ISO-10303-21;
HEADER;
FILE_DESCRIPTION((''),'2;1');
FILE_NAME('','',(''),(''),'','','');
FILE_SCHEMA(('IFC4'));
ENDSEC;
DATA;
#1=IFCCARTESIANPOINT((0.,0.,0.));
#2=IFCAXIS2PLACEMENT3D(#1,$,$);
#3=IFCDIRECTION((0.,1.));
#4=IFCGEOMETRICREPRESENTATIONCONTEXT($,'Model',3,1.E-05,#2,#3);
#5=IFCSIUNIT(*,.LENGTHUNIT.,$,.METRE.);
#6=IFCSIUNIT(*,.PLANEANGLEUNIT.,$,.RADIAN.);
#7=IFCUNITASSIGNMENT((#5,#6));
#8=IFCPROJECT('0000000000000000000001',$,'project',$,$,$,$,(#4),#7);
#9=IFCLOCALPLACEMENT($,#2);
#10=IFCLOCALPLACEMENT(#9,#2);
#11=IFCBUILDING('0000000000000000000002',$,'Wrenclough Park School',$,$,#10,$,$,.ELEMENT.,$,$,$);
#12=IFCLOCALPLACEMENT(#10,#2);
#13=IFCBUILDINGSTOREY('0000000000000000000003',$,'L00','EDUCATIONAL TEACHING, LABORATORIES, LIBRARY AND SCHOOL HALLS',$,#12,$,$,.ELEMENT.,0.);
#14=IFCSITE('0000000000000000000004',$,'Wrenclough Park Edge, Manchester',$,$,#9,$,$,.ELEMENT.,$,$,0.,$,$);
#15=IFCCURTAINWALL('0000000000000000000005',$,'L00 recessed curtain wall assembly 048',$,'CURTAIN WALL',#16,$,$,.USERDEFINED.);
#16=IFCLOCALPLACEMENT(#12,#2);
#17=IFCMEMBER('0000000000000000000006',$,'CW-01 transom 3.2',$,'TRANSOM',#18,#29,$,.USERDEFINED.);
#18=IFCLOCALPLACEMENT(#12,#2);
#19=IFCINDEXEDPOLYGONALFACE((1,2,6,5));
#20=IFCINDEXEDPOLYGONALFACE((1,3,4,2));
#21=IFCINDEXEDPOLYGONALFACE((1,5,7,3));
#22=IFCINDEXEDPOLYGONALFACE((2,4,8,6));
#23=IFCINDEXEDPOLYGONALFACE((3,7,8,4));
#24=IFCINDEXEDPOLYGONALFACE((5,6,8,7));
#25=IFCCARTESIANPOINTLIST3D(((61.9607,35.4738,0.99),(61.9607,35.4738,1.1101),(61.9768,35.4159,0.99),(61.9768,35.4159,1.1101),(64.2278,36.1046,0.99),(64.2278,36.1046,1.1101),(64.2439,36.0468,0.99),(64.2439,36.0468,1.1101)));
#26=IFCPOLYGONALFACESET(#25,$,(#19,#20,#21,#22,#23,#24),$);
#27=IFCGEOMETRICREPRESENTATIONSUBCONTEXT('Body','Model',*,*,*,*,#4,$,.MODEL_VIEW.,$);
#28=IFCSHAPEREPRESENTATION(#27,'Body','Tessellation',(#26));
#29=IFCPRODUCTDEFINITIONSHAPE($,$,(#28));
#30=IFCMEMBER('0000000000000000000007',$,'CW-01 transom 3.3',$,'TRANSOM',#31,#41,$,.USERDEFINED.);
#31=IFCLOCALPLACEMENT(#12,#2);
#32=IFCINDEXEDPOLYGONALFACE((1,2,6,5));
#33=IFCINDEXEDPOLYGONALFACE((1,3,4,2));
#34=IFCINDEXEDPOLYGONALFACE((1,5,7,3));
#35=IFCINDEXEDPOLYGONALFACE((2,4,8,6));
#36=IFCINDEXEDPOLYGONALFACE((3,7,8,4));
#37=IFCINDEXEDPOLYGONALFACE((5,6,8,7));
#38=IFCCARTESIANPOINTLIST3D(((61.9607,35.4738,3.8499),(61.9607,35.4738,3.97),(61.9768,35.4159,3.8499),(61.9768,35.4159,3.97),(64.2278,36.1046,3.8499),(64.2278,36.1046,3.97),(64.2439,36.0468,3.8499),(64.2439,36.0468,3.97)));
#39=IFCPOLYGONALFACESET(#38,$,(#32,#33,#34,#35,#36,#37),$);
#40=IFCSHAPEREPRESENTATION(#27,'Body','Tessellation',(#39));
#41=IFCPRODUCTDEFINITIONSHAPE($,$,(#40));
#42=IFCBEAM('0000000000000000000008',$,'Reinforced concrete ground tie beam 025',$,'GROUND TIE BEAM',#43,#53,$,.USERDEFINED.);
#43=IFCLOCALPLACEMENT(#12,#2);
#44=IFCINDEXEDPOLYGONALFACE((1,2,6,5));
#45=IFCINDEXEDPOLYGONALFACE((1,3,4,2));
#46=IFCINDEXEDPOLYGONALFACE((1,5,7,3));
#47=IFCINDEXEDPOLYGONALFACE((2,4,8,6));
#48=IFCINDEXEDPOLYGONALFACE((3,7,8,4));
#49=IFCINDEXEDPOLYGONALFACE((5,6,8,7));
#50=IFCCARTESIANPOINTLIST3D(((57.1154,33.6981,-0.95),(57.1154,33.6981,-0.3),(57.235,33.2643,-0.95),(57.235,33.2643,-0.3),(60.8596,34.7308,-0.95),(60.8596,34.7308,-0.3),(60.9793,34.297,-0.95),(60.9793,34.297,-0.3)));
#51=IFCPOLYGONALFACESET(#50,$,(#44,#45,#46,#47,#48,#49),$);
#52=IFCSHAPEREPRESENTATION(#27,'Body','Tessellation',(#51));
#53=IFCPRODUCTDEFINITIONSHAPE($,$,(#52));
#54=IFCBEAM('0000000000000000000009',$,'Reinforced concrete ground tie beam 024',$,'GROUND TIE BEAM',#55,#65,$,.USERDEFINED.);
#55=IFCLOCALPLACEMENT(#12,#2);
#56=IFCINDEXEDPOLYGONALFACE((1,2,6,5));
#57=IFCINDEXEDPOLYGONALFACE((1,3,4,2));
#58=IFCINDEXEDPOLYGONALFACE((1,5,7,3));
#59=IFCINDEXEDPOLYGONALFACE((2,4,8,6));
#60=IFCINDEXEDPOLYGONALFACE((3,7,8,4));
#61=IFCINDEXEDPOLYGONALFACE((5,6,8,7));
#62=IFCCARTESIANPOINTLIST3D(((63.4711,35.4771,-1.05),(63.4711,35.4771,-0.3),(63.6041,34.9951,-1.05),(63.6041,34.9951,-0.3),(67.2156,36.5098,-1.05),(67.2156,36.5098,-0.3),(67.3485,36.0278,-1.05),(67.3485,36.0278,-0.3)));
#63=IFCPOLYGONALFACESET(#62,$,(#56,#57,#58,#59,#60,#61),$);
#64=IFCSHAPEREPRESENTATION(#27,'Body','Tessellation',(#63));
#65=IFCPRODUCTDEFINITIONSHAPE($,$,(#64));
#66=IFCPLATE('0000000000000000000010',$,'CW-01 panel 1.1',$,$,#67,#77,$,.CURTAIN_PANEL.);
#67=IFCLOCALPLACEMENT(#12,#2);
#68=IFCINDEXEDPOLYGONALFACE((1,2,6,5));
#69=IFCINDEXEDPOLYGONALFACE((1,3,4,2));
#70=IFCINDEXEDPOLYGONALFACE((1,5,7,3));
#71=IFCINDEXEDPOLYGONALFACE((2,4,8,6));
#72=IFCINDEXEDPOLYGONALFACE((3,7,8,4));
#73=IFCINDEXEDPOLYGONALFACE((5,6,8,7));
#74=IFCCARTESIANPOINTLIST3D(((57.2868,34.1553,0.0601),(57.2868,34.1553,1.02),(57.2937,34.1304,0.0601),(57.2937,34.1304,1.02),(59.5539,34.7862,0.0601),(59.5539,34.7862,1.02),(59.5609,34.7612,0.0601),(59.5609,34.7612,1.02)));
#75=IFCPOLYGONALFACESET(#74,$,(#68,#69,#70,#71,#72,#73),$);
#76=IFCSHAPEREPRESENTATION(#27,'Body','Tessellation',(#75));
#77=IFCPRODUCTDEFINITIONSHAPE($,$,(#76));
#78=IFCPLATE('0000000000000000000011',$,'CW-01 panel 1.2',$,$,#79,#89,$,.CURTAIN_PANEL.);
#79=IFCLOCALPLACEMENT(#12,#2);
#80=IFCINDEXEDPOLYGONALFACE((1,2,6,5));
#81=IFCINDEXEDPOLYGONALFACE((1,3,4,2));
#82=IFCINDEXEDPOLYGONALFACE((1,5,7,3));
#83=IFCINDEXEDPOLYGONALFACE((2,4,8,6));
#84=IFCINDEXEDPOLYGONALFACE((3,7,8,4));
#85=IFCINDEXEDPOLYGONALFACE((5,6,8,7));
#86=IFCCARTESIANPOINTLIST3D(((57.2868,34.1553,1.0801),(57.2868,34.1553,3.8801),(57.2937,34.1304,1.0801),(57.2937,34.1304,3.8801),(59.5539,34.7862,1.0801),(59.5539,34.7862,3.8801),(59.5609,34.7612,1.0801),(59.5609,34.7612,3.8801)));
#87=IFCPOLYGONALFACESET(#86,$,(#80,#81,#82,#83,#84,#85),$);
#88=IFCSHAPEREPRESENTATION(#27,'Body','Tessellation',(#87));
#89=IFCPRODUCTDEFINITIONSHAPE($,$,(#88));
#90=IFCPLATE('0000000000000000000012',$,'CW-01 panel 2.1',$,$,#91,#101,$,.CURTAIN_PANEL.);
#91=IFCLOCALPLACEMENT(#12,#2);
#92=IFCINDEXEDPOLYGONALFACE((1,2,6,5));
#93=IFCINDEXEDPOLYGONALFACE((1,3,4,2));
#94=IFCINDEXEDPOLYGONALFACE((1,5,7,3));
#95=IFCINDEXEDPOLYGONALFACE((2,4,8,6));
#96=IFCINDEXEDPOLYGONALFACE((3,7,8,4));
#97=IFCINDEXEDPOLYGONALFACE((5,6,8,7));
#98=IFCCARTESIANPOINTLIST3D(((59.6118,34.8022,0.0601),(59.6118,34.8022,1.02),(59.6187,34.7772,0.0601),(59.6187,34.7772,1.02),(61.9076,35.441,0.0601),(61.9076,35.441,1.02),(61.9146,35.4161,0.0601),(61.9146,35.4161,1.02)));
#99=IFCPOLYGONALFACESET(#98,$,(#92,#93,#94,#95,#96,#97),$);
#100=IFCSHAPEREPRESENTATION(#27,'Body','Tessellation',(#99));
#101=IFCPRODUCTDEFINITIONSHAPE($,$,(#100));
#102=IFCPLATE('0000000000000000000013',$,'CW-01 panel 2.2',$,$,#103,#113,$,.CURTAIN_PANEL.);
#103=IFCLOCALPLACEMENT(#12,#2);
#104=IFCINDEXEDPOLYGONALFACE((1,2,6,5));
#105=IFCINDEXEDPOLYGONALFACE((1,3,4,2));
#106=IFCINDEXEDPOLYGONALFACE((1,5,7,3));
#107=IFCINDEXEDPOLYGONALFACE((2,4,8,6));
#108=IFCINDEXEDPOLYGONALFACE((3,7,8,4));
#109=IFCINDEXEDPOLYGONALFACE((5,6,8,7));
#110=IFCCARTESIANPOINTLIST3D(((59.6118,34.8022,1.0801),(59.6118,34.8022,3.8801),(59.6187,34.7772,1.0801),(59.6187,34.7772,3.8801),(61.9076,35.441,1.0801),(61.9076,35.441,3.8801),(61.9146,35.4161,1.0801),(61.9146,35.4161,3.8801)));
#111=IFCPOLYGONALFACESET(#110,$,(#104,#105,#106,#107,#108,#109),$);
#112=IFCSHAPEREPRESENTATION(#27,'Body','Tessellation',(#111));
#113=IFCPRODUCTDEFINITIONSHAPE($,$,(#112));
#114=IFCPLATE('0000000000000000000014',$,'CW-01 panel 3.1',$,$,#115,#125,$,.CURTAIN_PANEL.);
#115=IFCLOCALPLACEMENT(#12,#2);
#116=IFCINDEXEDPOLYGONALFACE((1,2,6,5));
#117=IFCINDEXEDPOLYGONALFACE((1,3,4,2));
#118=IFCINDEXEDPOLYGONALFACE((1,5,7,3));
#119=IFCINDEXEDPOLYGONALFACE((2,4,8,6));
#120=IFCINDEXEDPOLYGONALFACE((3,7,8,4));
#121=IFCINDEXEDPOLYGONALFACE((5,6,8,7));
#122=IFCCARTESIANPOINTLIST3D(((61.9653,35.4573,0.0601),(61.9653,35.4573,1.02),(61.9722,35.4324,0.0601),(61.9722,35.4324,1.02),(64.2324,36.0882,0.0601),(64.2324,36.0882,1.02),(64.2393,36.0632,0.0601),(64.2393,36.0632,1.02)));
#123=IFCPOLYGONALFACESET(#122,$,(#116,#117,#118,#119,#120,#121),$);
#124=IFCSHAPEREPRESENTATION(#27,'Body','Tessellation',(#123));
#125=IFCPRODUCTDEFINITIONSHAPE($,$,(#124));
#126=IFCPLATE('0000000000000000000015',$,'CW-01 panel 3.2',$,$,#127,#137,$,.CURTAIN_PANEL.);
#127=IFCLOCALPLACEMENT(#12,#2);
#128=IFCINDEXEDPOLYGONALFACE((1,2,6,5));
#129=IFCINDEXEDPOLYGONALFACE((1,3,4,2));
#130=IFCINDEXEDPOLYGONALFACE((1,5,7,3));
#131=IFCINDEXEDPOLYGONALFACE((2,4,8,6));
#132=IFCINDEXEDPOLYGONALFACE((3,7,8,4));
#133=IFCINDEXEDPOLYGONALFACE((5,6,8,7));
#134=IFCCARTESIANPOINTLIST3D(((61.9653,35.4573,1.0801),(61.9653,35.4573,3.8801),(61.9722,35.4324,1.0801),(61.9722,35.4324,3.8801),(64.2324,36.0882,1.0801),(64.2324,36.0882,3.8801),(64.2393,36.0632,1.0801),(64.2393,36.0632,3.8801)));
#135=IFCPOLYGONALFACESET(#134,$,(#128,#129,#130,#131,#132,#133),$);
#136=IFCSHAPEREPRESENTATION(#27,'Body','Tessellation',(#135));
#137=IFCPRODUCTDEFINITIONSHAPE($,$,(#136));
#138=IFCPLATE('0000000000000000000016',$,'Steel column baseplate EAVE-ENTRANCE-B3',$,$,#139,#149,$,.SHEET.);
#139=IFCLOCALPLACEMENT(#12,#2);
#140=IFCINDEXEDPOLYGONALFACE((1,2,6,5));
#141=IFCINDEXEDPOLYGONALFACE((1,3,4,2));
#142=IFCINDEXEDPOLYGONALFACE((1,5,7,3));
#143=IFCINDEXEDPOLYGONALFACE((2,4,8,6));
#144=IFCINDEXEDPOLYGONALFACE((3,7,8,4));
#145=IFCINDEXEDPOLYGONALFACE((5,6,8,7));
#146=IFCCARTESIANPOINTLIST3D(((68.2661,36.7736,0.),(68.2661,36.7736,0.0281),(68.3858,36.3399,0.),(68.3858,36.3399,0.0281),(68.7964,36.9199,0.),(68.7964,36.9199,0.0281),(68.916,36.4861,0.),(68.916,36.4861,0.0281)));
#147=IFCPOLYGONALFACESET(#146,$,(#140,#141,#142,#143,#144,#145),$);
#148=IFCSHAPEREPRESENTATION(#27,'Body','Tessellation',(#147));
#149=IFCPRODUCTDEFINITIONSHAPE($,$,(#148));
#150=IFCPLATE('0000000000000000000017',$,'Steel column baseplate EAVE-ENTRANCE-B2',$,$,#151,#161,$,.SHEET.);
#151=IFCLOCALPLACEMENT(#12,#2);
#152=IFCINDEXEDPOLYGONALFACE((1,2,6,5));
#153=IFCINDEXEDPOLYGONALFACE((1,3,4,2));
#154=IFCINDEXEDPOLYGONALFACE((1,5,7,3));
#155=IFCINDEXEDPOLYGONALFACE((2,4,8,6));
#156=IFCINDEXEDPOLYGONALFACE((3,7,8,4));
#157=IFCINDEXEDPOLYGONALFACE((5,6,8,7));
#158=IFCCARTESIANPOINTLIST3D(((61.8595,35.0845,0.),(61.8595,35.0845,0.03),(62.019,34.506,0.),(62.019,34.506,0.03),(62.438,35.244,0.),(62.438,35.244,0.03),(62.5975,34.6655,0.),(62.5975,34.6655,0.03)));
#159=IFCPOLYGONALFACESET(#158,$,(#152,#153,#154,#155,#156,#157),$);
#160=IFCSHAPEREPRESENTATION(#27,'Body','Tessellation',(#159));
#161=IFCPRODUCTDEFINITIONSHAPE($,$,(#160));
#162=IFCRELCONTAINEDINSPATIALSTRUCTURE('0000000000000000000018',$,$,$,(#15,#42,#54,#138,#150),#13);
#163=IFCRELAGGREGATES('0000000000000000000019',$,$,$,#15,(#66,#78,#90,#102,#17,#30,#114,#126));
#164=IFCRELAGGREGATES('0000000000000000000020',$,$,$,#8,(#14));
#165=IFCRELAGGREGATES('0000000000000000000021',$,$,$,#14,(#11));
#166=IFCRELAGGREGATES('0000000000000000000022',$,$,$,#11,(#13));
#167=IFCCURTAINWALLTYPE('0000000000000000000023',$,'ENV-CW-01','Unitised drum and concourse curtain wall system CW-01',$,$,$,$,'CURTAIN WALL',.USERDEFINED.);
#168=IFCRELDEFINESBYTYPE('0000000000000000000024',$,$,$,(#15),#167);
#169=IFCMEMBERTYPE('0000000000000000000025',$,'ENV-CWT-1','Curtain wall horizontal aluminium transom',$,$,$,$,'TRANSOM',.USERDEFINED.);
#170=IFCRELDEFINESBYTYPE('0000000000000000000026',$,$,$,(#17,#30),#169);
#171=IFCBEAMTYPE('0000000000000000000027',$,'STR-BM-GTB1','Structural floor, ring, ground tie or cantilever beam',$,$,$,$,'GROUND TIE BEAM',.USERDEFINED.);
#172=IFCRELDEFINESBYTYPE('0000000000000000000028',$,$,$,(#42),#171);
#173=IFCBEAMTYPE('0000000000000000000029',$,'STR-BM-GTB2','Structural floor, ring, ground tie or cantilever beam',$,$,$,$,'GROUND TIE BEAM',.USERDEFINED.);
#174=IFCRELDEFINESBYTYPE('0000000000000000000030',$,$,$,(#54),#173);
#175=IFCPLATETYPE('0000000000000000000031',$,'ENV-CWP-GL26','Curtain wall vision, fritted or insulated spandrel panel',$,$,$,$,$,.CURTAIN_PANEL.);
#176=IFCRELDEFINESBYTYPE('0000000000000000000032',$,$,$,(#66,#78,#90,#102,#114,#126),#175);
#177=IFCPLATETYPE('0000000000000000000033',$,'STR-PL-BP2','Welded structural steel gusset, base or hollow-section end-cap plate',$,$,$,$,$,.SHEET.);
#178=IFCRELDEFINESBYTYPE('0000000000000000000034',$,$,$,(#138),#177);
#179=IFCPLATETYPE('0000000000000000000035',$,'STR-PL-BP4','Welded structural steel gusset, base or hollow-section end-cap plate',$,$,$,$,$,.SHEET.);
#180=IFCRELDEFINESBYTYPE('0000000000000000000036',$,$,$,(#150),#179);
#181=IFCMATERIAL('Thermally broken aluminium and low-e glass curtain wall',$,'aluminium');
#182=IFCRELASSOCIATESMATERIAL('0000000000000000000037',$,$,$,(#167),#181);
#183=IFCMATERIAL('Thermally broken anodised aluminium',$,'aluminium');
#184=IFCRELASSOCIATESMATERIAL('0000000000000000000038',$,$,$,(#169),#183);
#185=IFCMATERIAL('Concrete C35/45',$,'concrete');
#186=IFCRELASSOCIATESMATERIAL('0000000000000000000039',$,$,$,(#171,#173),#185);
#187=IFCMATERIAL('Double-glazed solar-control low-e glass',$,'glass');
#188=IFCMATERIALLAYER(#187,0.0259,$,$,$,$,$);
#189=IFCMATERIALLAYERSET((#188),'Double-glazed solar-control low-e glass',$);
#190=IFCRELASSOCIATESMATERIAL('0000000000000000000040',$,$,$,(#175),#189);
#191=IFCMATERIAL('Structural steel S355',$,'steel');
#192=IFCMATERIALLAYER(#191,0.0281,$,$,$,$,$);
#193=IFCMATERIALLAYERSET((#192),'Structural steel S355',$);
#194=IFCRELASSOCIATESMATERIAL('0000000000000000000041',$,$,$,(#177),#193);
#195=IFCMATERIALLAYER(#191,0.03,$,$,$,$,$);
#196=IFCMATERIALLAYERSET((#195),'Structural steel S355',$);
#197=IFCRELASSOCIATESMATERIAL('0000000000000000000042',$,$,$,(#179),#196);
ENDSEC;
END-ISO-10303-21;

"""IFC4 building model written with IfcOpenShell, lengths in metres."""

from ifc_helpers import new_model, si_unit, direction, frame, origin, origin_2d, place, context, subcontext, project, spatial, rectangle, extrude, material, layer, layer_set, material_profile, profile_set, type_object, element, aggregate, save


model = new_model("IFC4")

# Units and contexts
model_context = context("Model", 3, precision=1e-05, world=origin(), true_north=direction((0.0, 1.0)))
body_context = subcontext(model_context, "Body", "Model", "MODEL_VIEW")
ifc_project = project(units=[si_unit("LENGTHUNIT", "METRE"), si_unit("PLANEANGLEUNIT", "RADIAN")], contexts=[model_context])

# Site, building, storey
site_placement = place(None, origin())
site = spatial("IfcSite", under=ifc_project, at=site_placement, Name="Wrenclough Park Edge, Manchester", CompositionType="ELEMENT", RefElevation=0.0)
building_placement = place(site_placement, origin())
building = spatial("IfcBuilding", under=site, at=building_placement, Name="Wrenclough Park School", CompositionType="ELEMENT")
storey_placement = place(building_placement, origin())
storey = spatial("IfcBuildingStorey", under=building, at=storey_placement, Name="L00", Description="EDUCATIONAL TEACHING, LABORATORIES, LIBRARY AND SCHOOL HALLS", CompositionType="ELEMENT", Elevation=0.0)

# Shared definitions
ifc_material_1 = material(Name="Concrete C35/45", Category="concrete")

# Shared definitions
ifc_material_2 = material(Name="Structural steel S355", Category="steel")

# Curtain wall, members
ifc_material_3 = material(Name="Thermally broken aluminium and low-e glass curtain wall", Category="aluminium")
curtain_wall_type = type_object("IfcCurtainWallType", Name="ENV-CW-01", Description="Unitised drum and concourse curtain wall system CW-01", ElementType="CURTAIN WALL", PredefinedType="USERDEFINED", material=ifc_material_3)
curtain_wall_placement = place(storey_placement, origin())
curtain_wall = element("IfcCurtainWall", 1, at=curtain_wall_placement, inside=storey, type_object=curtain_wall_type, Name="L00 recessed curtain wall assembly 048", ObjectType="CURTAIN WALL", PredefinedType="USERDEFINED")
ifc_material_4 = material(Name="Thermally broken anodised aluminium", Category="aluminium")
ifc_material_profile_1 = material_profile(ifc_material_4, rectangle(XDim=0.0601, YDim=0.1201, at=origin_2d()), Name="AL TRANSOM 60x120")
ifc_profile_set_1 = profile_set([ifc_material_profile_1], Name="Thermally broken anodised aluminium")
member_type_1 = type_object("IfcMemberType", Name="ENV-CWT-1", Description="Curtain wall horizontal aluminium transom", ElementType="TRANSOM", PredefinedType="USERDEFINED", material=ifc_profile_set_1)
member_1_placement = place(storey_placement, frame((61.9688, 35.4448, 1.05), z_axis=(0.963396, 0.268083, 0.0), x_axis=(-0.268083, 0.963396, 0.0)))
member_1 = element("IfcMember", 2, at=member_1_placement, type_object=member_type_1, Name="CW-01 transom 3.2", ObjectType="TRANSOM", PredefinedType="USERDEFINED", context=body_context, shape_type="SweptSolid", body=[
    extrude(rectangle(XDim=0.0601, YDim=0.1201, at=origin_2d()), origin(), (0.0, 0.0, 1.0), 2.3533),
])
member_2_placement = place(storey_placement, frame((61.9688, 35.4448, 3.9099), z_axis=(0.963396, 0.268083, 0.0), x_axis=(-0.268083, 0.963396, 0.0)))
member_2 = element("IfcMember", 3, at=member_2_placement, type_object=member_type_1, Name="CW-01 transom 3.3", ObjectType="TRANSOM", PredefinedType="USERDEFINED", context=body_context, shape_type="SweptSolid", body=[
    extrude(rectangle(XDim=0.0601, YDim=0.1201, at=origin_2d()), origin(), (0.0, 0.0, 1.0), 2.3533),
])

# Beams
ifc_material_profile_2 = material_profile(ifc_material_1, rectangle(XDim=0.45, YDim=0.6499, at=origin_2d()), Name="RC GROUND 450x650")
ifc_profile_set_2 = profile_set([ifc_material_profile_2], Name="Concrete C35/45")
beam_type_1 = type_object("IfcBeamType", Name="STR-BM-GTB1", Description="Structural floor, ring, ground tie or cantilever beam", ElementType="GROUND TIE BEAM", PredefinedType="USERDEFINED", material=ifc_profile_set_2)
beam_1_placement = place(storey_placement, frame((60.9194, 34.5139, -0.625), z_axis=(-0.964003, -0.265893, 0.0), x_axis=(0.265893, -0.964003, 0.0)))
element("IfcBeam", 4, at=beam_1_placement, inside=storey, type_object=beam_type_1, Name="Reinforced concrete ground tie beam 025", ObjectType="GROUND TIE BEAM", PredefinedType="USERDEFINED", context=body_context, shape_type="SweptSolid", body=[
    extrude(rectangle(XDim=0.45, YDim=0.6499, at=origin_2d()), origin(), (0.0, 0.0, 1.0), 3.884),
])
ifc_material_profile_3 = material_profile(ifc_material_1, rectangle(XDim=0.5, YDim=0.75, at=origin_2d()), Name="RC GROUND 500x750")
ifc_profile_set_3 = profile_set([ifc_material_profile_3], Name="Concrete C35/45")
beam_type_2 = type_object("IfcBeamType", Name="STR-BM-GTB2", Description="Structural floor, ring, ground tie or cantilever beam", ElementType="GROUND TIE BEAM", PredefinedType="USERDEFINED", material=ifc_profile_set_3)
beam_2_placement = place(storey_placement, frame((63.5376, 35.2361, -0.675), z_axis=(0.964007, 0.265877, 0.0), x_axis=(-0.265877, 0.964007, 0.0)))
element("IfcBeam", 5, at=beam_2_placement, inside=storey, type_object=beam_type_2, Name="Reinforced concrete ground tie beam 024", ObjectType="GROUND TIE BEAM", PredefinedType="USERDEFINED", context=body_context, shape_type="SweptSolid", body=[
    extrude(rectangle(XDim=0.5, YDim=0.75, at=origin_2d()), origin(), (0.0, 0.0, 1.0), 3.8843),
])

# Plates
ifc_material_5 = material(Name="Double-glazed solar-control low-e glass", Category="glass")
ifc_layer_1 = layer(ifc_material_5, 0.0259)
ifc_layer_set_1 = layer_set([ifc_layer_1], Name="Double-glazed solar-control low-e glass")
plate_type_1 = type_object("IfcPlateType", Name="ENV-CWP-GL26", Description="Curtain wall vision, fritted or insulated spandrel panel", PredefinedType="CURTAIN_PANEL", material=ifc_layer_set_1)
plate_1_placement = place(storey_placement, frame((58.4238, 34.4583, 0.0601), z_axis=(0.0, 0.0, 1.0), x_axis=(0.963396, 0.268082, 0.0)))
plate_1 = element("IfcPlate", 6, at=plate_1_placement, type_object=plate_type_1, Name="CW-01 panel 1.1", PredefinedType="CURTAIN_PANEL", context=body_context, shape_type="SweptSolid", body=[
    extrude(rectangle(XDim=2.3533, YDim=0.0259, at=origin_2d()), origin(), (0.0, 0.0, 1.0), 0.96),
])
plate_2_placement = place(storey_placement, frame((58.4238, 34.4583, 1.0801), z_axis=(0.0, 0.0, 1.0), x_axis=(0.963396, 0.268082, 0.0)))
plate_2 = element("IfcPlate", 7, at=plate_2_placement, type_object=plate_type_1, Name="CW-01 panel 1.2", PredefinedType="CURTAIN_PANEL", context=body_context, shape_type="SweptSolid", body=[
    extrude(rectangle(XDim=2.3533, YDim=0.0259, at=origin_2d()), origin(), (0.0, 0.0, 1.0), 2.8),
])
plate_3_placement = place(storey_placement, frame((60.7632, 35.1091, 0.0601), z_axis=(0.0, 0.0, 1.0), x_axis=(0.963396, 0.268082, 0.0)))
plate_3 = element("IfcPlate", 8, at=plate_3_placement, type_object=plate_type_1, Name="CW-01 panel 2.1", PredefinedType="CURTAIN_PANEL", context=body_context, shape_type="SweptSolid", body=[
    extrude(rectangle(XDim=2.3831, YDim=0.0259, at=origin_2d()), origin(), (0.0, 0.0, 1.0), 0.96),
])
plate_4_placement = place(storey_placement, frame((60.7632, 35.1091, 1.0801), z_axis=(0.0, 0.0, 1.0), x_axis=(0.963396, 0.268082, 0.0)))
plate_4 = element("IfcPlate", 9, at=plate_4_placement, type_object=plate_type_1, Name="CW-01 panel 2.2", PredefinedType="CURTAIN_PANEL", context=body_context, shape_type="SweptSolid", body=[
    extrude(rectangle(XDim=2.3831, YDim=0.0259, at=origin_2d()), origin(), (0.0, 0.0, 1.0), 2.8),
])
plate_5_placement = place(storey_placement, frame((63.1023, 35.7603, 0.0601), z_axis=(0.0, 0.0, 1.0), x_axis=(0.963396, 0.268082, 0.0)))
plate_5 = element("IfcPlate", 10, at=plate_5_placement, type_object=plate_type_1, Name="CW-01 panel 3.1", PredefinedType="CURTAIN_PANEL", context=body_context, shape_type="SweptSolid", body=[
    extrude(rectangle(XDim=2.3533, YDim=0.0259, at=origin_2d()), origin(), (0.0, 0.0, 1.0), 0.96),
])
plate_6_placement = place(storey_placement, frame((63.1023, 35.7603, 1.0801), z_axis=(0.0, 0.0, 1.0), x_axis=(0.963396, 0.268082, 0.0)))
plate_6 = element("IfcPlate", 11, at=plate_6_placement, type_object=plate_type_1, Name="CW-01 panel 3.2", PredefinedType="CURTAIN_PANEL", context=body_context, shape_type="SweptSolid", body=[
    extrude(rectangle(XDim=2.3533, YDim=0.0259, at=origin_2d()), origin(), (0.0, 0.0, 1.0), 2.8),
])
aggregate(curtain_wall, [plate_1, plate_2, plate_3, plate_4, member_1, member_2, plate_5, plate_6])

# Plates
ifc_layer_2 = layer(ifc_material_2, 0.0281)
ifc_layer_set_2 = layer_set([ifc_layer_2], Name="Structural steel S355")
plate_type_2 = type_object("IfcPlateType", Name="STR-PL-BP2", Description="Welded structural steel gusset, base or hollow-section end-cap plate", PredefinedType="SHEET", material=ifc_layer_set_2)
plate_7_placement = place(storey_placement, frame((68.5911, 36.6299, 0.0), z_axis=(0.0, 0.0, 1.0), x_axis=(0.964003, 0.265893, 0.0)))
element("IfcPlate", 12, at=plate_7_placement, inside=storey, type_object=plate_type_2, Name="Steel column baseplate EAVE-ENTRANCE-B3", PredefinedType="SHEET", context=body_context, shape_type="SweptSolid", body=[
    extrude(rectangle(XDim=0.55, YDim=0.45, at=origin_2d()), origin(), (0.0, 0.0, 1.0), 0.0281),
])
ifc_layer_3 = layer(ifc_material_2, 0.03)
ifc_layer_set_3 = layer_set([ifc_layer_3], Name="Structural steel S355")
plate_type_3 = type_object("IfcPlateType", Name="STR-PL-BP4", Description="Welded structural steel gusset, base or hollow-section end-cap plate", PredefinedType="SHEET", material=ifc_layer_set_3)
plate_8_placement = place(storey_placement, frame((62.2285, 34.875, 0.0), z_axis=(0.0, 0.0, 1.0), x_axis=(0.964003, 0.265893, 0.0)))
element("IfcPlate", 13, at=plate_8_placement, inside=storey, type_object=plate_type_3, Name="Steel column baseplate EAVE-ENTRANCE-B2", PredefinedType="SHEET", context=body_context, shape_type="SweptSolid", body=[
    extrude(rectangle(XDim=0.6001, YDim=0.6001, at=origin_2d()), origin(), (0.0, 0.0, 1.0), 0.03),
])

save(model, "model.ifc")
